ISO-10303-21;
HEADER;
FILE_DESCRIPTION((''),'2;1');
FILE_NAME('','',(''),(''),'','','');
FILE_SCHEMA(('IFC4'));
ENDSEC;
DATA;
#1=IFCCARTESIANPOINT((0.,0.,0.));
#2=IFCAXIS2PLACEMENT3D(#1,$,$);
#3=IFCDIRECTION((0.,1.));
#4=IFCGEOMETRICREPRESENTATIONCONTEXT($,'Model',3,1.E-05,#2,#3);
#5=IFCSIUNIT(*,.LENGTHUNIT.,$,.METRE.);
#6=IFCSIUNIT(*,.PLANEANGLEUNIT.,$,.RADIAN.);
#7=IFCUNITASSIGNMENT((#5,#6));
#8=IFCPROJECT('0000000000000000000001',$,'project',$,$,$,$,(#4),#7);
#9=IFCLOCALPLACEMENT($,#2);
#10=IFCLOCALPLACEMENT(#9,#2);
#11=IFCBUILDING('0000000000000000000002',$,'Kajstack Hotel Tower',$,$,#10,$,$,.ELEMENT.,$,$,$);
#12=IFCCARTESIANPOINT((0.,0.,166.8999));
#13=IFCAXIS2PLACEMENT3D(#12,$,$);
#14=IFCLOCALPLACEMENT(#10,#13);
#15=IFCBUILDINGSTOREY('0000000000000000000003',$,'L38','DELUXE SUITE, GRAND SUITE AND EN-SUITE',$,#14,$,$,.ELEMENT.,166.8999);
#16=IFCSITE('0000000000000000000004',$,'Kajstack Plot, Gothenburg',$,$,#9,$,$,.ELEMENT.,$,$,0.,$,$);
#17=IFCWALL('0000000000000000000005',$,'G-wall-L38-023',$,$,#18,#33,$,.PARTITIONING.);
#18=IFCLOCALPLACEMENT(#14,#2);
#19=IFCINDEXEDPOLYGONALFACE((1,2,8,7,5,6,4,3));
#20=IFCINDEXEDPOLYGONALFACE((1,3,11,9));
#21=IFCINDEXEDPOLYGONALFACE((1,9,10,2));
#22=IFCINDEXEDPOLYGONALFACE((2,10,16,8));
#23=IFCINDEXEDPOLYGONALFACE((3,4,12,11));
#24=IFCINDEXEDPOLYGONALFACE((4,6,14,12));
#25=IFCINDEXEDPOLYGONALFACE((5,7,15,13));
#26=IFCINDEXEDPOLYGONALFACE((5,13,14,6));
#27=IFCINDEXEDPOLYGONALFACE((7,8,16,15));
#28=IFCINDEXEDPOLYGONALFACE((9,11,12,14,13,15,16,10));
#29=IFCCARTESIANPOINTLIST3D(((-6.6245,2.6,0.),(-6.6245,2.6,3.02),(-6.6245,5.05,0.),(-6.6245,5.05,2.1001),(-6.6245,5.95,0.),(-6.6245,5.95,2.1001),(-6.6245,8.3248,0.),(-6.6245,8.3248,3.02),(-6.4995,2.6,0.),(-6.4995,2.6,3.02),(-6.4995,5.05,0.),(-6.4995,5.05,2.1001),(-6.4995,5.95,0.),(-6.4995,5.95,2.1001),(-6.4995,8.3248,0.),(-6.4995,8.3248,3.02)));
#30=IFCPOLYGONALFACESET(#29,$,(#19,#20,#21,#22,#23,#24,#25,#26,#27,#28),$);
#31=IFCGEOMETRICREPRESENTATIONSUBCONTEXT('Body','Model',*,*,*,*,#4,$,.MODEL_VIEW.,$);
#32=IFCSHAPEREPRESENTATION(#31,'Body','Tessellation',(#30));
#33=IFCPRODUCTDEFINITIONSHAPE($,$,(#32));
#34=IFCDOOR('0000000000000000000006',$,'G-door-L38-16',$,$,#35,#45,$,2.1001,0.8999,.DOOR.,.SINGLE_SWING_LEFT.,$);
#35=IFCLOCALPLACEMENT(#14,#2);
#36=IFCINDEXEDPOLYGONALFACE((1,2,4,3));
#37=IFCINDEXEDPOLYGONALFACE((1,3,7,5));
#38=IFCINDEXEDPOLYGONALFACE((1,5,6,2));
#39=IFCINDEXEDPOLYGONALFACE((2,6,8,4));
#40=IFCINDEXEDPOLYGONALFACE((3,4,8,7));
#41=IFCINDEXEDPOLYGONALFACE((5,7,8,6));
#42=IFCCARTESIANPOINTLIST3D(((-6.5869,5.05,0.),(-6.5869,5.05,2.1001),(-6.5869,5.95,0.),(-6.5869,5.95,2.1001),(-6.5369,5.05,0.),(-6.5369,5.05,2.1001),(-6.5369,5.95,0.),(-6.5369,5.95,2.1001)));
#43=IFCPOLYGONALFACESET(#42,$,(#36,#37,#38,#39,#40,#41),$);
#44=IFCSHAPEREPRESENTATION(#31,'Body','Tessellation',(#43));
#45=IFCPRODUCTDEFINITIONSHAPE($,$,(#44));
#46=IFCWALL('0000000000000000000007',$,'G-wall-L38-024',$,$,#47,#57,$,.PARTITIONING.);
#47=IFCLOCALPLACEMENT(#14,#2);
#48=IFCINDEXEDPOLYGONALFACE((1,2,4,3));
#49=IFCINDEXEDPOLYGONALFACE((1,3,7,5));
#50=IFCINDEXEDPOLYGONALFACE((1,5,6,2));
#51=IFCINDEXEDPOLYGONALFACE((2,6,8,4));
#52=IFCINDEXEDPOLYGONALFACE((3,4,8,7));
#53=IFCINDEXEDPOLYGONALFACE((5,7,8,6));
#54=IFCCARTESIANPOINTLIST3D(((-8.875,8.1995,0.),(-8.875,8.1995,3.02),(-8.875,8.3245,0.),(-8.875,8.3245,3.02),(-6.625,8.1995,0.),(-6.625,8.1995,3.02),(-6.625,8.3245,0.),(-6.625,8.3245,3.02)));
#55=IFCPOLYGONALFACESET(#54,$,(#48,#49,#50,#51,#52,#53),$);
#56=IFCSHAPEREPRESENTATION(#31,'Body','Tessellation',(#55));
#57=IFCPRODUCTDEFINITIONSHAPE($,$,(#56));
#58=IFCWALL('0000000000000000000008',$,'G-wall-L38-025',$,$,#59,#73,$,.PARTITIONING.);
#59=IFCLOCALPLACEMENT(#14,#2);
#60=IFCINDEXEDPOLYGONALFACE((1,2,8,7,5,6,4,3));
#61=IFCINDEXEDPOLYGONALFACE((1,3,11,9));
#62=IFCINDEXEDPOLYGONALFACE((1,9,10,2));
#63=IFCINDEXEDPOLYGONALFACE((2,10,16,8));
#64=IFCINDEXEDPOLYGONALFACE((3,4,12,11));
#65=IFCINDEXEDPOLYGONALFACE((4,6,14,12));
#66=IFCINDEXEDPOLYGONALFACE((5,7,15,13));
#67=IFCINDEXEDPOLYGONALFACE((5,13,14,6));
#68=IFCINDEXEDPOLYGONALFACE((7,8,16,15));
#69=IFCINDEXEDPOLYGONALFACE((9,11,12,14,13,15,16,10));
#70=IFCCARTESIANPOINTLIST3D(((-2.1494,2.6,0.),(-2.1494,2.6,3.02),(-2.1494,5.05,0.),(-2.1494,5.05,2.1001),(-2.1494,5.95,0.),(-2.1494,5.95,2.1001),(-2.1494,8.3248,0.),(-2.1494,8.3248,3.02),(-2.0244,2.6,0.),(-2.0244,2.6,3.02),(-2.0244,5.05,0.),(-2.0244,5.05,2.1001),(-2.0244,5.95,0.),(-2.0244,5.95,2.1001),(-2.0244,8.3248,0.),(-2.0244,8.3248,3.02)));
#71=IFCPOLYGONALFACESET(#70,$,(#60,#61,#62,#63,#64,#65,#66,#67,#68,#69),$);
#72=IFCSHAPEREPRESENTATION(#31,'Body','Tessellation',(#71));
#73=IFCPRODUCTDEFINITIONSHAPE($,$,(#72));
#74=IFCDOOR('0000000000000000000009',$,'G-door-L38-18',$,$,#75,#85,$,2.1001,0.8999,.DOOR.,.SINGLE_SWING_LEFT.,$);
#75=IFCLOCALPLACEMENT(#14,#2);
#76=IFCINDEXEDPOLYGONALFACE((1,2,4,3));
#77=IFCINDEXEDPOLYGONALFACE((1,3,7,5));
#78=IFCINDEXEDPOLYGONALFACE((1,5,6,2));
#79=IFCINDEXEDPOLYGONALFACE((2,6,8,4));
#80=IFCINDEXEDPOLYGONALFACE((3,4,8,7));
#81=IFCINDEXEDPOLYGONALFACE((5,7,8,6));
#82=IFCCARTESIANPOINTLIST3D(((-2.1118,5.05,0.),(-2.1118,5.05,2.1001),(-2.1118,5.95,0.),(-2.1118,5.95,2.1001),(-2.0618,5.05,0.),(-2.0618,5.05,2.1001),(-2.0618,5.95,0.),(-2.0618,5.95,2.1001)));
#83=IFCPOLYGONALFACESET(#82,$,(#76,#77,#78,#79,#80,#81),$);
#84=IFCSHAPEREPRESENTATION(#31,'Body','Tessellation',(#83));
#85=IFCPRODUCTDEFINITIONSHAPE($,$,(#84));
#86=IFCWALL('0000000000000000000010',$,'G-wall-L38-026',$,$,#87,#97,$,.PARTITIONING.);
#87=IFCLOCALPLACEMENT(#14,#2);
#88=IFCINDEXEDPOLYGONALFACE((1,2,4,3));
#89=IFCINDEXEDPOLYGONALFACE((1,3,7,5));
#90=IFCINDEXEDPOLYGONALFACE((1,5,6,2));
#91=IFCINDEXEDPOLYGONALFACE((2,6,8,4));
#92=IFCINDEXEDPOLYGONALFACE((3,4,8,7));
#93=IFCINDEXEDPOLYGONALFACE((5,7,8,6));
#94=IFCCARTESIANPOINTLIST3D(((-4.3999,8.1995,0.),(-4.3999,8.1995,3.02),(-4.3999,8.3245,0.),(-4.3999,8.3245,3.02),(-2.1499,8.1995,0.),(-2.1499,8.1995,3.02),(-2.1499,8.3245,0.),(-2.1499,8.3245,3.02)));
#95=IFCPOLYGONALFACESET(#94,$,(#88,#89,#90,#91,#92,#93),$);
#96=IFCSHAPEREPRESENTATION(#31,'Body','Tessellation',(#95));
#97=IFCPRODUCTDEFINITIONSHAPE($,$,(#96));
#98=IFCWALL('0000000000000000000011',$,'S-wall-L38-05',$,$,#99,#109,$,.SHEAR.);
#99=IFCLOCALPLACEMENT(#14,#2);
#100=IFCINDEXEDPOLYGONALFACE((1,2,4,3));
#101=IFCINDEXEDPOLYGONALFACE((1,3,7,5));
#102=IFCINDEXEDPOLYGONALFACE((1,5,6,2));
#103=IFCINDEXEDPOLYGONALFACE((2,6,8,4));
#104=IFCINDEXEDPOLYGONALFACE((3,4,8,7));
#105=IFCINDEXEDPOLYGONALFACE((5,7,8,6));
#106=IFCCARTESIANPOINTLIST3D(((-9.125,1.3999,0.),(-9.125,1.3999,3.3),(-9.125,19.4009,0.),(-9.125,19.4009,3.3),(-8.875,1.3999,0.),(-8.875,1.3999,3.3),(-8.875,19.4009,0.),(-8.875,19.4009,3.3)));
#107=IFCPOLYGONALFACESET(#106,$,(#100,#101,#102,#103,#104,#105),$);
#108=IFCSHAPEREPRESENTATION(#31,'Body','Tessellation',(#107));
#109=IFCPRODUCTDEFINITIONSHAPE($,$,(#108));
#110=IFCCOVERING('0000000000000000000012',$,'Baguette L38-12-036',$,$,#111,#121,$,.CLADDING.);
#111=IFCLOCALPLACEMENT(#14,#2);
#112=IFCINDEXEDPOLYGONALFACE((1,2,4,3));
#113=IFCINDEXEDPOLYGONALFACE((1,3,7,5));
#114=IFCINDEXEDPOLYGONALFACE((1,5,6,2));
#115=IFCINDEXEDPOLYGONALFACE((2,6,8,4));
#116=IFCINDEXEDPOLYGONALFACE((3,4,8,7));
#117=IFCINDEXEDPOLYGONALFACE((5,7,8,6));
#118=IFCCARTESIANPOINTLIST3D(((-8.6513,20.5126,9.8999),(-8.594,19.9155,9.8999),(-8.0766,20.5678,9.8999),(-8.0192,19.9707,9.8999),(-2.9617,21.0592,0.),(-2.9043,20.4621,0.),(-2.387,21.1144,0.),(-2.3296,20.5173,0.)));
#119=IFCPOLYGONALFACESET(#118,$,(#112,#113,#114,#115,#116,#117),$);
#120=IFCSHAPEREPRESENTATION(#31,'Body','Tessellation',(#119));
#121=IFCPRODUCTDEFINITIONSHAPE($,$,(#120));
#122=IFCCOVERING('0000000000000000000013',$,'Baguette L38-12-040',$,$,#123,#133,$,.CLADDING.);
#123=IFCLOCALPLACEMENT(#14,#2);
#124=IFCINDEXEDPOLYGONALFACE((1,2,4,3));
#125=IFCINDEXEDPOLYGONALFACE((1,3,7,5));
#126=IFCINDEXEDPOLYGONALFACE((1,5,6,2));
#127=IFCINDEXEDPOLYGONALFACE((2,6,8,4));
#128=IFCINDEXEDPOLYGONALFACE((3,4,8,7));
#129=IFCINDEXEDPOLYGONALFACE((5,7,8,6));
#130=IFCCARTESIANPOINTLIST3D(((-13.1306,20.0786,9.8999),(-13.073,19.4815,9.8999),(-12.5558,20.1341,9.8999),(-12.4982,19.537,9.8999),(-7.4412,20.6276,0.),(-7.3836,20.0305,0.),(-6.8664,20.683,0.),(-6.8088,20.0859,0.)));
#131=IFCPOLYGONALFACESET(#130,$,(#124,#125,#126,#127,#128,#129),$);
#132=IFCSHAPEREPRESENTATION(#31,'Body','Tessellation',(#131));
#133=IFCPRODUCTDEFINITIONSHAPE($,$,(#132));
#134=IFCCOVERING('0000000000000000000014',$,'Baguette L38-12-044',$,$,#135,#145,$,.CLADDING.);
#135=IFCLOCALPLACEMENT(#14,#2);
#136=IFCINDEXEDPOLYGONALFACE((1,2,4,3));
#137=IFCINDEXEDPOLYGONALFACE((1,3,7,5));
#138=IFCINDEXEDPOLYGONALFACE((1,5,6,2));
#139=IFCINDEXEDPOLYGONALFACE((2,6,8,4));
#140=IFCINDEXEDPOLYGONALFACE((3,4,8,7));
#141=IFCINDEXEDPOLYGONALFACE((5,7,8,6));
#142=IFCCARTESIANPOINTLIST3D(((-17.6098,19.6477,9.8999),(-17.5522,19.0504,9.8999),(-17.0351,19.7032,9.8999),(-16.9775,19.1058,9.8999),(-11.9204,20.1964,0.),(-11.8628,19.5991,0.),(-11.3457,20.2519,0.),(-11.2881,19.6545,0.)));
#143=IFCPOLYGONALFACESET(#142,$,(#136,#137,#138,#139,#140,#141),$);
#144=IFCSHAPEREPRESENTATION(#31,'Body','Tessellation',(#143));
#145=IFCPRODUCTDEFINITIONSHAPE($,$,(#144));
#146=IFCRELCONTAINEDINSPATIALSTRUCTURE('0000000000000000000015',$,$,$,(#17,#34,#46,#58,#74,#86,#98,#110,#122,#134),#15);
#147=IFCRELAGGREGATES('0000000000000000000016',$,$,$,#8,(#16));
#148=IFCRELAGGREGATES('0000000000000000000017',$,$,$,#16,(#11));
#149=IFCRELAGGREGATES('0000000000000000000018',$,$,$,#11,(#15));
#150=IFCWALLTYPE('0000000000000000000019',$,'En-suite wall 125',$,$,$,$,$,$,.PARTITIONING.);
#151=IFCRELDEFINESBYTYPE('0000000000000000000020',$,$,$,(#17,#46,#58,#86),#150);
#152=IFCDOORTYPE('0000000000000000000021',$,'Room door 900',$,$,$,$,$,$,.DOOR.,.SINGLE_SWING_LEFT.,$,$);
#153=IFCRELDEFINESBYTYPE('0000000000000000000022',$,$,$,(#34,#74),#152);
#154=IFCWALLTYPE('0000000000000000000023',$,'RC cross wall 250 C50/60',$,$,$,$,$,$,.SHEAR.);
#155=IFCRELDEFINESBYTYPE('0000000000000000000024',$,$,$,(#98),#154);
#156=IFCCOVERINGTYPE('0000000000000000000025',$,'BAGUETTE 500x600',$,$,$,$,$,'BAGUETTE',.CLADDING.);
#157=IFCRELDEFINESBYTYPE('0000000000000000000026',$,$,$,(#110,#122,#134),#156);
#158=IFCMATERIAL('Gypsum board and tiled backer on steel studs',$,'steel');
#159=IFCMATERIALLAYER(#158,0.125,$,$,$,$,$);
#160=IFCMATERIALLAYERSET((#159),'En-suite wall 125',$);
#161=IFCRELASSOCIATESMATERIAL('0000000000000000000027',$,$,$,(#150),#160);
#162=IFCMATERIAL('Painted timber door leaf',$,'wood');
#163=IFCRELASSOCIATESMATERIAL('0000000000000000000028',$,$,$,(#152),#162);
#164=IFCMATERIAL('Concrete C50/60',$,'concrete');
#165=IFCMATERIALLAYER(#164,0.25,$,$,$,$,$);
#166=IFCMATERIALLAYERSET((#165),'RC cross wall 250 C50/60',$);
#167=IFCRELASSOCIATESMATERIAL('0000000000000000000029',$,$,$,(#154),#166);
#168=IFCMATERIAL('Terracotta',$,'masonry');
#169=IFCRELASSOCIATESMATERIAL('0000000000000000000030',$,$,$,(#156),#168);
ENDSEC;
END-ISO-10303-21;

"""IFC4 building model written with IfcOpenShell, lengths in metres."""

from ifc_helpers import new_model, si_unit, direction, frame, frame_2d, origin, origin_2d, place, context, subcontext, project, spatial, polyline, rectangle, outline, extrude, material, layer, layer_set, material_profile, profile_set, type_object, element, fill, save


model = new_model("IFC4")

# Units and contexts
model_context = context("Model", 3, precision=1e-05, world=origin(), true_north=direction((0.0, 1.0)))
body_context = subcontext(model_context, "Body", "Model", "MODEL_VIEW")
ifc_project = project(units=[si_unit("LENGTHUNIT", "METRE"), si_unit("PLANEANGLEUNIT", "RADIAN")], contexts=[model_context])

# Site, building, storey
site_placement = place(None, origin())
site = spatial("IfcSite", under=ifc_project, at=site_placement, Name="Kajstack Plot, Gothenburg", CompositionType="ELEMENT", RefElevation=0.0)
building_placement = place(site_placement, origin())
building = spatial("IfcBuilding", under=site, at=building_placement, Name="Kajstack Hotel Tower", CompositionType="ELEMENT")
storey_placement = place(building_placement, frame((0.0, 0.0, 166.8999)))
storey = spatial("IfcBuildingStorey", under=building, at=storey_placement, Name="L38", Description="DELUXE SUITE, GRAND SUITE AND EN-SUITE", CompositionType="ELEMENT", Elevation=166.8999)

# Shared definitions
ifc_material_1 = material(Name="Gypsum board and tiled backer on steel studs", Category="steel")
ifc_layer_1 = layer(ifc_material_1, 0.125)
ifc_layer_set_1 = layer_set([ifc_layer_1], Name="En-suite wall 125")
wall_type_1 = type_object("IfcWallType", Name="En-suite wall 125", PredefinedType="PARTITIONING", material=ifc_layer_set_1)
ifc_material_2 = material(Name="Painted timber door leaf", Category="wood")
door_type_1 = type_object("IfcDoorType", Name="Room door 900", OperationType="SINGLE_SWING_LEFT", PredefinedType="DOOR", material=ifc_material_2)

# Wall, opening, door
wall_1_placement = place(storey_placement, frame((-6.562, 2.6001, 0.0), z_axis=(0.0, 0.0, 1.0), x_axis=(0.0, 1.0, 0.0)))
wall_1 = element("IfcWall", 1, at=wall_1_placement, inside=storey, type_object=wall_type_1, Name="G-wall-L38-023", PredefinedType="PARTITIONING", context=body_context, shape_type="SweptSolid", body=[
    extrude(rectangle(XDim=5.7249, YDim=0.125, at=frame_2d((2.8623, 0.0))), origin(), (0.0, 0.0, 1.0), 3.02),
])
opening_1_placement = place(wall_1_placement, frame((2.45, 0.0, 0.0)))
opening_1 = element("IfcOpeningElement", 2, at=opening_1_placement, cuts=wall_1, PredefinedType="OPENING", context=body_context, shape_type="SweptSolid", body=[
    extrude(rectangle(XDim=0.8999, YDim=2.1001, at=frame_2d((0.45, 1.05))), frame((0.0, 0.0725, 0.0), z_axis=(0.0, -1.0, 0.0), x_axis=(1.0, 0.0, 0.0)), (0.0, 0.0, 1.0), 0.145),
])
door_1_placement = place(opening_1_placement, origin())
door_1 = element("IfcDoor", 3, at=door_1_placement, inside=storey, type_object=door_type_1, Name="G-door-L38-16", OperationType="SINGLE_SWING_LEFT", OverallHeight=2.1001, OverallWidth=0.8999, PredefinedType="DOOR", context=body_context, shape_type="SweptSolid", body=[
    extrude(rectangle(XDim=0.8999, YDim=2.1001, at=frame_2d((0.45, 1.05))), frame((0.0, 0.0249, 0.0), z_axis=(0.0, -1.0, 0.0), x_axis=(1.0, 0.0, 0.0)), (0.0, 0.0, 1.0), 0.05),
])
fill(opening_1, door_1)

# Wall
wall_2_placement = place(storey_placement, frame((-8.875, 8.262, 0.0), z_axis=(0.0, 0.0, 1.0), x_axis=(1.0, 0.0, 0.0)))
element("IfcWall", 4, at=wall_2_placement, inside=storey, type_object=wall_type_1, Name="G-wall-L38-024", PredefinedType="PARTITIONING", context=body_context, shape_type="SweptSolid", body=[
    extrude(rectangle(XDim=2.25, YDim=0.125, at=frame_2d((1.125, 0.0))), origin(), (0.0, 0.0, 1.0), 3.02),
])

# Wall, opening, door
wall_3_placement = place(storey_placement, frame((-2.0869, 2.6001, 0.0), z_axis=(0.0, 0.0, 1.0), x_axis=(0.0, 1.0, 0.0)))
wall_3 = element("IfcWall", 5, at=wall_3_placement, inside=storey, type_object=wall_type_1, Name="G-wall-L38-025", PredefinedType="PARTITIONING", context=body_context, shape_type="SweptSolid", body=[
    extrude(rectangle(XDim=5.7249, YDim=0.125, at=frame_2d((2.8623, 0.0))), origin(), (0.0, 0.0, 1.0), 3.02),
])
opening_2_placement = place(wall_3_placement, frame((2.45, 0.0, 0.0)))
opening_2 = element("IfcOpeningElement", 6, at=opening_2_placement, cuts=wall_3, PredefinedType="OPENING", context=body_context, shape_type="SweptSolid", body=[
    extrude(rectangle(XDim=0.8999, YDim=2.1001, at=frame_2d((0.45, 1.05))), frame((0.0, 0.0725, 0.0), z_axis=(0.0, -1.0, 0.0), x_axis=(1.0, 0.0, 0.0)), (0.0, 0.0, 1.0), 0.145),
])
door_2_placement = place(opening_2_placement, origin())
door_2 = element("IfcDoor", 7, at=door_2_placement, inside=storey, type_object=door_type_1, Name="G-door-L38-18", OperationType="SINGLE_SWING_LEFT", OverallHeight=2.1001, OverallWidth=0.8999, PredefinedType="DOOR", context=body_context, shape_type="SweptSolid", body=[
    extrude(rectangle(XDim=0.8999, YDim=2.1001, at=frame_2d((0.45, 1.05))), frame((0.0, 0.0249, 0.0), z_axis=(0.0, -1.0, 0.0), x_axis=(1.0, 0.0, 0.0)), (0.0, 0.0, 1.0), 0.05),
])
fill(opening_2, door_2)

# Walls
wall_4_placement = place(storey_placement, frame((-4.3999, 8.262, 0.0), z_axis=(0.0, 0.0, 1.0), x_axis=(1.0, 0.0, 0.0)))
element("IfcWall", 8, at=wall_4_placement, inside=storey, type_object=wall_type_1, Name="G-wall-L38-026", PredefinedType="PARTITIONING", context=body_context, shape_type="SweptSolid", body=[
    extrude(rectangle(XDim=2.25, YDim=0.125, at=frame_2d((1.125, 0.0))), origin(), (0.0, 0.0, 1.0), 3.02),
])
ifc_material_3 = material(Name="Concrete C50/60", Category="concrete")
ifc_layer_2 = layer(ifc_material_3, 0.25)
ifc_layer_set_2 = layer_set([ifc_layer_2], Name="RC cross wall 250 C50/60")
wall_type_2 = type_object("IfcWallType", Name="RC cross wall 250 C50/60", PredefinedType="SHEAR", material=ifc_layer_set_2)
wall_5_placement = place(storey_placement, frame((-9.0, 1.3999, 0.0), z_axis=(0.0, 0.0, 1.0), x_axis=(0.0, 1.0, 0.0)))
element("IfcWall", 9, at=wall_5_placement, inside=storey, type_object=wall_type_2, Name="S-wall-L38-05", PredefinedType="SHEAR", context=body_context, shape_type="SweptSolid", body=[
    extrude(rectangle(XDim=18.001, YDim=0.25, at=frame_2d((9.0005, 0.0))), origin(), (0.0, 0.0, 1.0), 3.3),
])

# Coverings
ifc_material_4 = material(Name="Terracotta", Category="masonry")
ifc_material_profile = material_profile(ifc_material_4, rectangle(XDim=0.6001, YDim=0.5, at=origin_2d()), Name="Terracotta-clad concrete baguette 500 x 600")
ifc_profile_set = profile_set([ifc_material_profile], Name="Terracotta")
covering_type = type_object("IfcCoveringType", Name="BAGUETTE 500x600", ElementType="BAGUETTE", PredefinedType="CLADDING", material=ifc_profile_set)
for number, where, z_axis, x_axis, name in (
    (10, (-2.3296, 20.5173, 0.0), (-0.095635, 0.995416, 0.0), (-0.995416, -0.095635, 0.0), "Baguette L38-12-036"),
    (11, (-6.8088, 20.0859, 0.0), (-0.096038, 0.995378, 0.0), (-0.995378, -0.096038, 0.0), "Baguette L38-12-040"),
):
    element("IfcCovering", number, at=place(storey_placement, frame(where, z_axis=z_axis, x_axis=x_axis)), inside=storey, type_object=covering_type, Name=name, PredefinedType="CLADDING", context=body_context, shape_type="SweptSolid", body=[
        extrude(outline(polyline([(5.7158, 9.8999), (0.0, 0.0), (0.5774, 0.0), (6.2932, 9.8999), (5.7158, 9.8999)])), origin(), (0.0, 0.0, 1.0), 0.5999),
    ])
covering_placement = place(storey_placement, frame((-11.2881, 19.6545, 0.0), z_axis=(-0.095999, 0.995381, 0.0), x_axis=(-0.995381, -0.095999, 0.0)))
element("IfcCovering", 12, at=covering_placement, inside=storey, type_object=covering_type, Name="Baguette L38-12-044", PredefinedType="CLADDING", context=body_context, shape_type="SweptSolid", body=[
    extrude(outline(polyline([(5.7158, 9.8999), (0.0, 0.0), (0.5774, 0.0), (6.2932, 9.8999), (5.7158, 9.8999)])), origin(), (0.0, 0.0, 1.0), 0.6001),
])

save(model, "model.ifc")
